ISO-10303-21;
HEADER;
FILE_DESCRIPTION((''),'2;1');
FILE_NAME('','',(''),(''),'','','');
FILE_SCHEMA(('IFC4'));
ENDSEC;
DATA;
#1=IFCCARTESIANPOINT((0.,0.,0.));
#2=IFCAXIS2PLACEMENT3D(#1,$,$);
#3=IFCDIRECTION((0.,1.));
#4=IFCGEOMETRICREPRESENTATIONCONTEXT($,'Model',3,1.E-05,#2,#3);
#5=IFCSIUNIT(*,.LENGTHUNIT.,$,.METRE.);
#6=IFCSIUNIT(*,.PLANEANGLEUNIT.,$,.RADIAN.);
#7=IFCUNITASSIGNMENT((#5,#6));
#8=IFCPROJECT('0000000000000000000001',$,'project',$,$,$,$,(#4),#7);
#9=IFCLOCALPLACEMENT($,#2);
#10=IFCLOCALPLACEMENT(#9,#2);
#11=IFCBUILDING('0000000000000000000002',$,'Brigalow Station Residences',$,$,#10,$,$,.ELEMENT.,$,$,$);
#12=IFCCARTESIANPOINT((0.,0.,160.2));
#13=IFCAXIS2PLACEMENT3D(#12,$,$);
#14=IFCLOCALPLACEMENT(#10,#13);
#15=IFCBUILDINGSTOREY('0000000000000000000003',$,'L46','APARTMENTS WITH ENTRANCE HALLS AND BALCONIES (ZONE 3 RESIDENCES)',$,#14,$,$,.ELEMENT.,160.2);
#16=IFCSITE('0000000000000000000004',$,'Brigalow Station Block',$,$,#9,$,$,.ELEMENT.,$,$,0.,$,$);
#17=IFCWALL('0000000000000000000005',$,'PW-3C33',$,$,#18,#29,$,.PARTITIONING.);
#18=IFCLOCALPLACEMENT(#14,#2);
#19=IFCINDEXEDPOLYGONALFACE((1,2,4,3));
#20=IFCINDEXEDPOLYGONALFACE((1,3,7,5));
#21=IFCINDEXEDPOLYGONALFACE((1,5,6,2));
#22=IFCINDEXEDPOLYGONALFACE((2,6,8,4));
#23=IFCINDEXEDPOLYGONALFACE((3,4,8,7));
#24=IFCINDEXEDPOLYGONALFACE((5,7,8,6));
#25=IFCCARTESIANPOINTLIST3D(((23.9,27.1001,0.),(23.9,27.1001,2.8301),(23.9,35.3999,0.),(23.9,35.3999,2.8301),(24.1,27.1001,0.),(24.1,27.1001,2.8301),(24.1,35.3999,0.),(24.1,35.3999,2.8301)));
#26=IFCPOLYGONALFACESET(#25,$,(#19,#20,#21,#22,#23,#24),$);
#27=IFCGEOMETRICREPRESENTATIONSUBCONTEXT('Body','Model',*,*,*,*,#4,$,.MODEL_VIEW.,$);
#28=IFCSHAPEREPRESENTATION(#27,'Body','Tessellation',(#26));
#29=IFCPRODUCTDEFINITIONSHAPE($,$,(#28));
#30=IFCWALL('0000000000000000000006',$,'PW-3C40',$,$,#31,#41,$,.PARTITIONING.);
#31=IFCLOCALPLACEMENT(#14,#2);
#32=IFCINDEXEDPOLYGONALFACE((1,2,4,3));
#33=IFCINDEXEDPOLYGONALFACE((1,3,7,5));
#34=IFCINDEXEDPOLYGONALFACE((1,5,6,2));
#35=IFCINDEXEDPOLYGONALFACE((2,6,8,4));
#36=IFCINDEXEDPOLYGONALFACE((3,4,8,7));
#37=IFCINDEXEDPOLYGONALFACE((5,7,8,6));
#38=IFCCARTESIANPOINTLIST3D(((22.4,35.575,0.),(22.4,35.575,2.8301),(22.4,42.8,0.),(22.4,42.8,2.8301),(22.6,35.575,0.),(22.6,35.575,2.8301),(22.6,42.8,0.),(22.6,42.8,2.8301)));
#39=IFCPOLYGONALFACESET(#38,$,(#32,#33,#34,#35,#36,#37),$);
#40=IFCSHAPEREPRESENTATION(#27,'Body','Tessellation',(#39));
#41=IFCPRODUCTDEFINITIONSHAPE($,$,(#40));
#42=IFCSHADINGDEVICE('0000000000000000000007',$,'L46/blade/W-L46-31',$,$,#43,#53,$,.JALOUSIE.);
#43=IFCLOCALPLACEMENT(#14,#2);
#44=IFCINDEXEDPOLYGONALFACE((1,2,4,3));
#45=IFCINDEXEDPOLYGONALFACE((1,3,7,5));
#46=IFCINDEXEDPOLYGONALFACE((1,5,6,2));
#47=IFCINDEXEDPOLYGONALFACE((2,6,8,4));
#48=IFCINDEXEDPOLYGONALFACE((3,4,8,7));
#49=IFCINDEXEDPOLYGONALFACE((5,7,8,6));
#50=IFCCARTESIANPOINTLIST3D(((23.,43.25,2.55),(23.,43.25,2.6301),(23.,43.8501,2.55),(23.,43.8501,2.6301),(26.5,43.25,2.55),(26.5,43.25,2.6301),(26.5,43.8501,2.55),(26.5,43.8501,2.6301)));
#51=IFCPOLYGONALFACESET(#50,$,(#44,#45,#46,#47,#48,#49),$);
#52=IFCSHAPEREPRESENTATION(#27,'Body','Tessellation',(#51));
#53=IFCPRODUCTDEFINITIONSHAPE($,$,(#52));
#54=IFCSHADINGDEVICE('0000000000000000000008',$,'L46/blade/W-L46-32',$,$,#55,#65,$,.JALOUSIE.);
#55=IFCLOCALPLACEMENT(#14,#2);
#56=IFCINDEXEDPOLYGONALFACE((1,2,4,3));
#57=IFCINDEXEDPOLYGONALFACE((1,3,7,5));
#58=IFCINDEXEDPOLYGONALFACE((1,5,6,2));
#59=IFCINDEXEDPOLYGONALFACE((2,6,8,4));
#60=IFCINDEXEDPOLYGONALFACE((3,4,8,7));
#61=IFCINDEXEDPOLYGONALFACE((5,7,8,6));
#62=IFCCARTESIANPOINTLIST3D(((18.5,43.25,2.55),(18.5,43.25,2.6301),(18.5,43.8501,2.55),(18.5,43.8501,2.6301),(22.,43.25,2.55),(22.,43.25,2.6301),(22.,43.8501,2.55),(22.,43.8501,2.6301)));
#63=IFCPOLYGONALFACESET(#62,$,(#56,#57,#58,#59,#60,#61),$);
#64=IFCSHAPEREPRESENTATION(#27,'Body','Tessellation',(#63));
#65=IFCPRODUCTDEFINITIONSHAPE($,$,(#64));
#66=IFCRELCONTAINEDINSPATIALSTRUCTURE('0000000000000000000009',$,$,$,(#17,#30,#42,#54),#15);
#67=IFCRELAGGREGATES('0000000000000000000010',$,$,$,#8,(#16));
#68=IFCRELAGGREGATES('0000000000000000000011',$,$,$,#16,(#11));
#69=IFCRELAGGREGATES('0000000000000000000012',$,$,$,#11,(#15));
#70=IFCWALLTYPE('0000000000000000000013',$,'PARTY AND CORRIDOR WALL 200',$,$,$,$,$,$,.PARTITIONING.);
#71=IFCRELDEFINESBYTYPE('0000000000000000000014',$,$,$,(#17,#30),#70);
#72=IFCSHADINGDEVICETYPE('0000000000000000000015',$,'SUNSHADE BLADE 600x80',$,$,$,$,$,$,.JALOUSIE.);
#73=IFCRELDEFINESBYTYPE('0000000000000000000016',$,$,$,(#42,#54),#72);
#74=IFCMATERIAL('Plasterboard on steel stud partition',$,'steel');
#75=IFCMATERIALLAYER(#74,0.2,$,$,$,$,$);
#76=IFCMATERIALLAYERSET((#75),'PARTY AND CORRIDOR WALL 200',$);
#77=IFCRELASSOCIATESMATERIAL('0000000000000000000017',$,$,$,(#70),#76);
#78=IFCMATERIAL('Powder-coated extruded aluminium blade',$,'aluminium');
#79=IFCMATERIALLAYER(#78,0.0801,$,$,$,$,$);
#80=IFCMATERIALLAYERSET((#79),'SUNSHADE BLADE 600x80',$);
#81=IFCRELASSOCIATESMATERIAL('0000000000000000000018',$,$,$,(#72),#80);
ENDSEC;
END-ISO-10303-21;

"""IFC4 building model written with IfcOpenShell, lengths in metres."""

from ifc_helpers import new_model, si_unit, direction, frame, frame_2d, origin, origin_2d, place, context, subcontext, project, spatial, rectangle, extrude, material, layer, layer_set, type_object, element, save


model = new_model("IFC4")

# Units and contexts
model_context = context("Model", 3, precision=1e-05, world=origin(), true_north=direction((0.0, 1.0)))
body_context = subcontext(model_context, "Body", "Model", "MODEL_VIEW")
ifc_project = project(units=[si_unit("LENGTHUNIT", "METRE"), si_unit("PLANEANGLEUNIT", "RADIAN")], contexts=[model_context])

# Site, building, storey
site_placement = place(None, origin())
site = spatial("IfcSite", under=ifc_project, at=site_placement, Name="Brigalow Station Block", CompositionType="ELEMENT", RefElevation=0.0)
building_placement = place(site_placement, origin())
building = spatial("IfcBuilding", under=site, at=building_placement, Name="Brigalow Station Residences", CompositionType="ELEMENT")
storey_placement = place(building_placement, frame((0.0, 0.0, 160.2)))
storey = spatial("IfcBuildingStorey", under=building, at=storey_placement, Name="L46", Description="APARTMENTS WITH ENTRANCE HALLS AND BALCONIES (ZONE 3 RESIDENCES)", CompositionType="ELEMENT", Elevation=160.2)

# Walls
ifc_material_1 = material(Name="Plasterboard on steel stud partition", Category="steel")
ifc_layer_1 = layer(ifc_material_1, 0.2)
ifc_layer_set_1 = layer_set([ifc_layer_1], Name="PARTY AND CORRIDOR WALL 200")
wall_type_1 = type_object("IfcWallType", Name="PARTY AND CORRIDOR WALL 200", PredefinedType="PARTITIONING", material=ifc_layer_set_1)
wall_1_placement = place(storey_placement, frame((24.0, 27.1001, 0.0), z_axis=(0.0, 0.0, 1.0), x_axis=(0.0, 1.0, 0.0)))
element("IfcWall", 1, at=wall_1_placement, inside=storey, type_object=wall_type_1, Name="PW-3C33", PredefinedType="PARTITIONING", context=body_context, shape_type="SweptSolid", body=[
    extrude(rectangle(XDim=8.2998, YDim=0.2, at=frame_2d((4.1499, 0.0))), origin(), (0.0, 0.0, 1.0), 2.8301),
])
wall_2_placement = place(storey_placement, frame((22.5, 35.575, 0.0), z_axis=(0.0, 0.0, 1.0), x_axis=(0.0, 1.0, 0.0)))
element("IfcWall", 2, at=wall_2_placement, inside=storey, type_object=wall_type_1, Name="PW-3C40", PredefinedType="PARTITIONING", context=body_context, shape_type="SweptSolid", body=[
    extrude(rectangle(XDim=7.2251, YDim=0.2, at=frame_2d((3.6125, 0.0))), origin(), (0.0, 0.0, 1.0), 2.8301),
])

# Shading devices
ifc_material_2 = material(Name="Powder-coated extruded aluminium blade", Category="aluminium")
ifc_layer_2 = layer(ifc_material_2, 0.0801)
ifc_layer_set_2 = layer_set([ifc_layer_2], Name="SUNSHADE BLADE 600x80")
shading_device_type = type_object("IfcShadingDeviceType", Name="SUNSHADE BLADE 600x80", PredefinedType="JALOUSIE", material=ifc_layer_set_2)
for number, where, z_axis, x_axis, name in (
    (3, (24.75, 43.55, 2.55), (0.0, 0.0, 1.0), (-1.0, 0.0, 0.0), "L46/blade/W-L46-31"),
    (4, (20.25, 43.55, 2.55), (0.0, 0.0, 1.0), (-1.0, 0.0, 0.0), "L46/blade/W-L46-32"),
):
    element("IfcShadingDevice", number, at=place(storey_placement, frame(where, z_axis=z_axis, x_axis=x_axis)), inside=storey, type_object=shading_device_type, Name=name, PredefinedType="JALOUSIE", context=body_context, shape_type="SweptSolid", body=[
        extrude(rectangle(XDim=3.5, YDim=0.6001, at=origin_2d()), origin(), (0.0, 0.0, 1.0), 0.0801),
    ])

save(model, "model.ifc")
